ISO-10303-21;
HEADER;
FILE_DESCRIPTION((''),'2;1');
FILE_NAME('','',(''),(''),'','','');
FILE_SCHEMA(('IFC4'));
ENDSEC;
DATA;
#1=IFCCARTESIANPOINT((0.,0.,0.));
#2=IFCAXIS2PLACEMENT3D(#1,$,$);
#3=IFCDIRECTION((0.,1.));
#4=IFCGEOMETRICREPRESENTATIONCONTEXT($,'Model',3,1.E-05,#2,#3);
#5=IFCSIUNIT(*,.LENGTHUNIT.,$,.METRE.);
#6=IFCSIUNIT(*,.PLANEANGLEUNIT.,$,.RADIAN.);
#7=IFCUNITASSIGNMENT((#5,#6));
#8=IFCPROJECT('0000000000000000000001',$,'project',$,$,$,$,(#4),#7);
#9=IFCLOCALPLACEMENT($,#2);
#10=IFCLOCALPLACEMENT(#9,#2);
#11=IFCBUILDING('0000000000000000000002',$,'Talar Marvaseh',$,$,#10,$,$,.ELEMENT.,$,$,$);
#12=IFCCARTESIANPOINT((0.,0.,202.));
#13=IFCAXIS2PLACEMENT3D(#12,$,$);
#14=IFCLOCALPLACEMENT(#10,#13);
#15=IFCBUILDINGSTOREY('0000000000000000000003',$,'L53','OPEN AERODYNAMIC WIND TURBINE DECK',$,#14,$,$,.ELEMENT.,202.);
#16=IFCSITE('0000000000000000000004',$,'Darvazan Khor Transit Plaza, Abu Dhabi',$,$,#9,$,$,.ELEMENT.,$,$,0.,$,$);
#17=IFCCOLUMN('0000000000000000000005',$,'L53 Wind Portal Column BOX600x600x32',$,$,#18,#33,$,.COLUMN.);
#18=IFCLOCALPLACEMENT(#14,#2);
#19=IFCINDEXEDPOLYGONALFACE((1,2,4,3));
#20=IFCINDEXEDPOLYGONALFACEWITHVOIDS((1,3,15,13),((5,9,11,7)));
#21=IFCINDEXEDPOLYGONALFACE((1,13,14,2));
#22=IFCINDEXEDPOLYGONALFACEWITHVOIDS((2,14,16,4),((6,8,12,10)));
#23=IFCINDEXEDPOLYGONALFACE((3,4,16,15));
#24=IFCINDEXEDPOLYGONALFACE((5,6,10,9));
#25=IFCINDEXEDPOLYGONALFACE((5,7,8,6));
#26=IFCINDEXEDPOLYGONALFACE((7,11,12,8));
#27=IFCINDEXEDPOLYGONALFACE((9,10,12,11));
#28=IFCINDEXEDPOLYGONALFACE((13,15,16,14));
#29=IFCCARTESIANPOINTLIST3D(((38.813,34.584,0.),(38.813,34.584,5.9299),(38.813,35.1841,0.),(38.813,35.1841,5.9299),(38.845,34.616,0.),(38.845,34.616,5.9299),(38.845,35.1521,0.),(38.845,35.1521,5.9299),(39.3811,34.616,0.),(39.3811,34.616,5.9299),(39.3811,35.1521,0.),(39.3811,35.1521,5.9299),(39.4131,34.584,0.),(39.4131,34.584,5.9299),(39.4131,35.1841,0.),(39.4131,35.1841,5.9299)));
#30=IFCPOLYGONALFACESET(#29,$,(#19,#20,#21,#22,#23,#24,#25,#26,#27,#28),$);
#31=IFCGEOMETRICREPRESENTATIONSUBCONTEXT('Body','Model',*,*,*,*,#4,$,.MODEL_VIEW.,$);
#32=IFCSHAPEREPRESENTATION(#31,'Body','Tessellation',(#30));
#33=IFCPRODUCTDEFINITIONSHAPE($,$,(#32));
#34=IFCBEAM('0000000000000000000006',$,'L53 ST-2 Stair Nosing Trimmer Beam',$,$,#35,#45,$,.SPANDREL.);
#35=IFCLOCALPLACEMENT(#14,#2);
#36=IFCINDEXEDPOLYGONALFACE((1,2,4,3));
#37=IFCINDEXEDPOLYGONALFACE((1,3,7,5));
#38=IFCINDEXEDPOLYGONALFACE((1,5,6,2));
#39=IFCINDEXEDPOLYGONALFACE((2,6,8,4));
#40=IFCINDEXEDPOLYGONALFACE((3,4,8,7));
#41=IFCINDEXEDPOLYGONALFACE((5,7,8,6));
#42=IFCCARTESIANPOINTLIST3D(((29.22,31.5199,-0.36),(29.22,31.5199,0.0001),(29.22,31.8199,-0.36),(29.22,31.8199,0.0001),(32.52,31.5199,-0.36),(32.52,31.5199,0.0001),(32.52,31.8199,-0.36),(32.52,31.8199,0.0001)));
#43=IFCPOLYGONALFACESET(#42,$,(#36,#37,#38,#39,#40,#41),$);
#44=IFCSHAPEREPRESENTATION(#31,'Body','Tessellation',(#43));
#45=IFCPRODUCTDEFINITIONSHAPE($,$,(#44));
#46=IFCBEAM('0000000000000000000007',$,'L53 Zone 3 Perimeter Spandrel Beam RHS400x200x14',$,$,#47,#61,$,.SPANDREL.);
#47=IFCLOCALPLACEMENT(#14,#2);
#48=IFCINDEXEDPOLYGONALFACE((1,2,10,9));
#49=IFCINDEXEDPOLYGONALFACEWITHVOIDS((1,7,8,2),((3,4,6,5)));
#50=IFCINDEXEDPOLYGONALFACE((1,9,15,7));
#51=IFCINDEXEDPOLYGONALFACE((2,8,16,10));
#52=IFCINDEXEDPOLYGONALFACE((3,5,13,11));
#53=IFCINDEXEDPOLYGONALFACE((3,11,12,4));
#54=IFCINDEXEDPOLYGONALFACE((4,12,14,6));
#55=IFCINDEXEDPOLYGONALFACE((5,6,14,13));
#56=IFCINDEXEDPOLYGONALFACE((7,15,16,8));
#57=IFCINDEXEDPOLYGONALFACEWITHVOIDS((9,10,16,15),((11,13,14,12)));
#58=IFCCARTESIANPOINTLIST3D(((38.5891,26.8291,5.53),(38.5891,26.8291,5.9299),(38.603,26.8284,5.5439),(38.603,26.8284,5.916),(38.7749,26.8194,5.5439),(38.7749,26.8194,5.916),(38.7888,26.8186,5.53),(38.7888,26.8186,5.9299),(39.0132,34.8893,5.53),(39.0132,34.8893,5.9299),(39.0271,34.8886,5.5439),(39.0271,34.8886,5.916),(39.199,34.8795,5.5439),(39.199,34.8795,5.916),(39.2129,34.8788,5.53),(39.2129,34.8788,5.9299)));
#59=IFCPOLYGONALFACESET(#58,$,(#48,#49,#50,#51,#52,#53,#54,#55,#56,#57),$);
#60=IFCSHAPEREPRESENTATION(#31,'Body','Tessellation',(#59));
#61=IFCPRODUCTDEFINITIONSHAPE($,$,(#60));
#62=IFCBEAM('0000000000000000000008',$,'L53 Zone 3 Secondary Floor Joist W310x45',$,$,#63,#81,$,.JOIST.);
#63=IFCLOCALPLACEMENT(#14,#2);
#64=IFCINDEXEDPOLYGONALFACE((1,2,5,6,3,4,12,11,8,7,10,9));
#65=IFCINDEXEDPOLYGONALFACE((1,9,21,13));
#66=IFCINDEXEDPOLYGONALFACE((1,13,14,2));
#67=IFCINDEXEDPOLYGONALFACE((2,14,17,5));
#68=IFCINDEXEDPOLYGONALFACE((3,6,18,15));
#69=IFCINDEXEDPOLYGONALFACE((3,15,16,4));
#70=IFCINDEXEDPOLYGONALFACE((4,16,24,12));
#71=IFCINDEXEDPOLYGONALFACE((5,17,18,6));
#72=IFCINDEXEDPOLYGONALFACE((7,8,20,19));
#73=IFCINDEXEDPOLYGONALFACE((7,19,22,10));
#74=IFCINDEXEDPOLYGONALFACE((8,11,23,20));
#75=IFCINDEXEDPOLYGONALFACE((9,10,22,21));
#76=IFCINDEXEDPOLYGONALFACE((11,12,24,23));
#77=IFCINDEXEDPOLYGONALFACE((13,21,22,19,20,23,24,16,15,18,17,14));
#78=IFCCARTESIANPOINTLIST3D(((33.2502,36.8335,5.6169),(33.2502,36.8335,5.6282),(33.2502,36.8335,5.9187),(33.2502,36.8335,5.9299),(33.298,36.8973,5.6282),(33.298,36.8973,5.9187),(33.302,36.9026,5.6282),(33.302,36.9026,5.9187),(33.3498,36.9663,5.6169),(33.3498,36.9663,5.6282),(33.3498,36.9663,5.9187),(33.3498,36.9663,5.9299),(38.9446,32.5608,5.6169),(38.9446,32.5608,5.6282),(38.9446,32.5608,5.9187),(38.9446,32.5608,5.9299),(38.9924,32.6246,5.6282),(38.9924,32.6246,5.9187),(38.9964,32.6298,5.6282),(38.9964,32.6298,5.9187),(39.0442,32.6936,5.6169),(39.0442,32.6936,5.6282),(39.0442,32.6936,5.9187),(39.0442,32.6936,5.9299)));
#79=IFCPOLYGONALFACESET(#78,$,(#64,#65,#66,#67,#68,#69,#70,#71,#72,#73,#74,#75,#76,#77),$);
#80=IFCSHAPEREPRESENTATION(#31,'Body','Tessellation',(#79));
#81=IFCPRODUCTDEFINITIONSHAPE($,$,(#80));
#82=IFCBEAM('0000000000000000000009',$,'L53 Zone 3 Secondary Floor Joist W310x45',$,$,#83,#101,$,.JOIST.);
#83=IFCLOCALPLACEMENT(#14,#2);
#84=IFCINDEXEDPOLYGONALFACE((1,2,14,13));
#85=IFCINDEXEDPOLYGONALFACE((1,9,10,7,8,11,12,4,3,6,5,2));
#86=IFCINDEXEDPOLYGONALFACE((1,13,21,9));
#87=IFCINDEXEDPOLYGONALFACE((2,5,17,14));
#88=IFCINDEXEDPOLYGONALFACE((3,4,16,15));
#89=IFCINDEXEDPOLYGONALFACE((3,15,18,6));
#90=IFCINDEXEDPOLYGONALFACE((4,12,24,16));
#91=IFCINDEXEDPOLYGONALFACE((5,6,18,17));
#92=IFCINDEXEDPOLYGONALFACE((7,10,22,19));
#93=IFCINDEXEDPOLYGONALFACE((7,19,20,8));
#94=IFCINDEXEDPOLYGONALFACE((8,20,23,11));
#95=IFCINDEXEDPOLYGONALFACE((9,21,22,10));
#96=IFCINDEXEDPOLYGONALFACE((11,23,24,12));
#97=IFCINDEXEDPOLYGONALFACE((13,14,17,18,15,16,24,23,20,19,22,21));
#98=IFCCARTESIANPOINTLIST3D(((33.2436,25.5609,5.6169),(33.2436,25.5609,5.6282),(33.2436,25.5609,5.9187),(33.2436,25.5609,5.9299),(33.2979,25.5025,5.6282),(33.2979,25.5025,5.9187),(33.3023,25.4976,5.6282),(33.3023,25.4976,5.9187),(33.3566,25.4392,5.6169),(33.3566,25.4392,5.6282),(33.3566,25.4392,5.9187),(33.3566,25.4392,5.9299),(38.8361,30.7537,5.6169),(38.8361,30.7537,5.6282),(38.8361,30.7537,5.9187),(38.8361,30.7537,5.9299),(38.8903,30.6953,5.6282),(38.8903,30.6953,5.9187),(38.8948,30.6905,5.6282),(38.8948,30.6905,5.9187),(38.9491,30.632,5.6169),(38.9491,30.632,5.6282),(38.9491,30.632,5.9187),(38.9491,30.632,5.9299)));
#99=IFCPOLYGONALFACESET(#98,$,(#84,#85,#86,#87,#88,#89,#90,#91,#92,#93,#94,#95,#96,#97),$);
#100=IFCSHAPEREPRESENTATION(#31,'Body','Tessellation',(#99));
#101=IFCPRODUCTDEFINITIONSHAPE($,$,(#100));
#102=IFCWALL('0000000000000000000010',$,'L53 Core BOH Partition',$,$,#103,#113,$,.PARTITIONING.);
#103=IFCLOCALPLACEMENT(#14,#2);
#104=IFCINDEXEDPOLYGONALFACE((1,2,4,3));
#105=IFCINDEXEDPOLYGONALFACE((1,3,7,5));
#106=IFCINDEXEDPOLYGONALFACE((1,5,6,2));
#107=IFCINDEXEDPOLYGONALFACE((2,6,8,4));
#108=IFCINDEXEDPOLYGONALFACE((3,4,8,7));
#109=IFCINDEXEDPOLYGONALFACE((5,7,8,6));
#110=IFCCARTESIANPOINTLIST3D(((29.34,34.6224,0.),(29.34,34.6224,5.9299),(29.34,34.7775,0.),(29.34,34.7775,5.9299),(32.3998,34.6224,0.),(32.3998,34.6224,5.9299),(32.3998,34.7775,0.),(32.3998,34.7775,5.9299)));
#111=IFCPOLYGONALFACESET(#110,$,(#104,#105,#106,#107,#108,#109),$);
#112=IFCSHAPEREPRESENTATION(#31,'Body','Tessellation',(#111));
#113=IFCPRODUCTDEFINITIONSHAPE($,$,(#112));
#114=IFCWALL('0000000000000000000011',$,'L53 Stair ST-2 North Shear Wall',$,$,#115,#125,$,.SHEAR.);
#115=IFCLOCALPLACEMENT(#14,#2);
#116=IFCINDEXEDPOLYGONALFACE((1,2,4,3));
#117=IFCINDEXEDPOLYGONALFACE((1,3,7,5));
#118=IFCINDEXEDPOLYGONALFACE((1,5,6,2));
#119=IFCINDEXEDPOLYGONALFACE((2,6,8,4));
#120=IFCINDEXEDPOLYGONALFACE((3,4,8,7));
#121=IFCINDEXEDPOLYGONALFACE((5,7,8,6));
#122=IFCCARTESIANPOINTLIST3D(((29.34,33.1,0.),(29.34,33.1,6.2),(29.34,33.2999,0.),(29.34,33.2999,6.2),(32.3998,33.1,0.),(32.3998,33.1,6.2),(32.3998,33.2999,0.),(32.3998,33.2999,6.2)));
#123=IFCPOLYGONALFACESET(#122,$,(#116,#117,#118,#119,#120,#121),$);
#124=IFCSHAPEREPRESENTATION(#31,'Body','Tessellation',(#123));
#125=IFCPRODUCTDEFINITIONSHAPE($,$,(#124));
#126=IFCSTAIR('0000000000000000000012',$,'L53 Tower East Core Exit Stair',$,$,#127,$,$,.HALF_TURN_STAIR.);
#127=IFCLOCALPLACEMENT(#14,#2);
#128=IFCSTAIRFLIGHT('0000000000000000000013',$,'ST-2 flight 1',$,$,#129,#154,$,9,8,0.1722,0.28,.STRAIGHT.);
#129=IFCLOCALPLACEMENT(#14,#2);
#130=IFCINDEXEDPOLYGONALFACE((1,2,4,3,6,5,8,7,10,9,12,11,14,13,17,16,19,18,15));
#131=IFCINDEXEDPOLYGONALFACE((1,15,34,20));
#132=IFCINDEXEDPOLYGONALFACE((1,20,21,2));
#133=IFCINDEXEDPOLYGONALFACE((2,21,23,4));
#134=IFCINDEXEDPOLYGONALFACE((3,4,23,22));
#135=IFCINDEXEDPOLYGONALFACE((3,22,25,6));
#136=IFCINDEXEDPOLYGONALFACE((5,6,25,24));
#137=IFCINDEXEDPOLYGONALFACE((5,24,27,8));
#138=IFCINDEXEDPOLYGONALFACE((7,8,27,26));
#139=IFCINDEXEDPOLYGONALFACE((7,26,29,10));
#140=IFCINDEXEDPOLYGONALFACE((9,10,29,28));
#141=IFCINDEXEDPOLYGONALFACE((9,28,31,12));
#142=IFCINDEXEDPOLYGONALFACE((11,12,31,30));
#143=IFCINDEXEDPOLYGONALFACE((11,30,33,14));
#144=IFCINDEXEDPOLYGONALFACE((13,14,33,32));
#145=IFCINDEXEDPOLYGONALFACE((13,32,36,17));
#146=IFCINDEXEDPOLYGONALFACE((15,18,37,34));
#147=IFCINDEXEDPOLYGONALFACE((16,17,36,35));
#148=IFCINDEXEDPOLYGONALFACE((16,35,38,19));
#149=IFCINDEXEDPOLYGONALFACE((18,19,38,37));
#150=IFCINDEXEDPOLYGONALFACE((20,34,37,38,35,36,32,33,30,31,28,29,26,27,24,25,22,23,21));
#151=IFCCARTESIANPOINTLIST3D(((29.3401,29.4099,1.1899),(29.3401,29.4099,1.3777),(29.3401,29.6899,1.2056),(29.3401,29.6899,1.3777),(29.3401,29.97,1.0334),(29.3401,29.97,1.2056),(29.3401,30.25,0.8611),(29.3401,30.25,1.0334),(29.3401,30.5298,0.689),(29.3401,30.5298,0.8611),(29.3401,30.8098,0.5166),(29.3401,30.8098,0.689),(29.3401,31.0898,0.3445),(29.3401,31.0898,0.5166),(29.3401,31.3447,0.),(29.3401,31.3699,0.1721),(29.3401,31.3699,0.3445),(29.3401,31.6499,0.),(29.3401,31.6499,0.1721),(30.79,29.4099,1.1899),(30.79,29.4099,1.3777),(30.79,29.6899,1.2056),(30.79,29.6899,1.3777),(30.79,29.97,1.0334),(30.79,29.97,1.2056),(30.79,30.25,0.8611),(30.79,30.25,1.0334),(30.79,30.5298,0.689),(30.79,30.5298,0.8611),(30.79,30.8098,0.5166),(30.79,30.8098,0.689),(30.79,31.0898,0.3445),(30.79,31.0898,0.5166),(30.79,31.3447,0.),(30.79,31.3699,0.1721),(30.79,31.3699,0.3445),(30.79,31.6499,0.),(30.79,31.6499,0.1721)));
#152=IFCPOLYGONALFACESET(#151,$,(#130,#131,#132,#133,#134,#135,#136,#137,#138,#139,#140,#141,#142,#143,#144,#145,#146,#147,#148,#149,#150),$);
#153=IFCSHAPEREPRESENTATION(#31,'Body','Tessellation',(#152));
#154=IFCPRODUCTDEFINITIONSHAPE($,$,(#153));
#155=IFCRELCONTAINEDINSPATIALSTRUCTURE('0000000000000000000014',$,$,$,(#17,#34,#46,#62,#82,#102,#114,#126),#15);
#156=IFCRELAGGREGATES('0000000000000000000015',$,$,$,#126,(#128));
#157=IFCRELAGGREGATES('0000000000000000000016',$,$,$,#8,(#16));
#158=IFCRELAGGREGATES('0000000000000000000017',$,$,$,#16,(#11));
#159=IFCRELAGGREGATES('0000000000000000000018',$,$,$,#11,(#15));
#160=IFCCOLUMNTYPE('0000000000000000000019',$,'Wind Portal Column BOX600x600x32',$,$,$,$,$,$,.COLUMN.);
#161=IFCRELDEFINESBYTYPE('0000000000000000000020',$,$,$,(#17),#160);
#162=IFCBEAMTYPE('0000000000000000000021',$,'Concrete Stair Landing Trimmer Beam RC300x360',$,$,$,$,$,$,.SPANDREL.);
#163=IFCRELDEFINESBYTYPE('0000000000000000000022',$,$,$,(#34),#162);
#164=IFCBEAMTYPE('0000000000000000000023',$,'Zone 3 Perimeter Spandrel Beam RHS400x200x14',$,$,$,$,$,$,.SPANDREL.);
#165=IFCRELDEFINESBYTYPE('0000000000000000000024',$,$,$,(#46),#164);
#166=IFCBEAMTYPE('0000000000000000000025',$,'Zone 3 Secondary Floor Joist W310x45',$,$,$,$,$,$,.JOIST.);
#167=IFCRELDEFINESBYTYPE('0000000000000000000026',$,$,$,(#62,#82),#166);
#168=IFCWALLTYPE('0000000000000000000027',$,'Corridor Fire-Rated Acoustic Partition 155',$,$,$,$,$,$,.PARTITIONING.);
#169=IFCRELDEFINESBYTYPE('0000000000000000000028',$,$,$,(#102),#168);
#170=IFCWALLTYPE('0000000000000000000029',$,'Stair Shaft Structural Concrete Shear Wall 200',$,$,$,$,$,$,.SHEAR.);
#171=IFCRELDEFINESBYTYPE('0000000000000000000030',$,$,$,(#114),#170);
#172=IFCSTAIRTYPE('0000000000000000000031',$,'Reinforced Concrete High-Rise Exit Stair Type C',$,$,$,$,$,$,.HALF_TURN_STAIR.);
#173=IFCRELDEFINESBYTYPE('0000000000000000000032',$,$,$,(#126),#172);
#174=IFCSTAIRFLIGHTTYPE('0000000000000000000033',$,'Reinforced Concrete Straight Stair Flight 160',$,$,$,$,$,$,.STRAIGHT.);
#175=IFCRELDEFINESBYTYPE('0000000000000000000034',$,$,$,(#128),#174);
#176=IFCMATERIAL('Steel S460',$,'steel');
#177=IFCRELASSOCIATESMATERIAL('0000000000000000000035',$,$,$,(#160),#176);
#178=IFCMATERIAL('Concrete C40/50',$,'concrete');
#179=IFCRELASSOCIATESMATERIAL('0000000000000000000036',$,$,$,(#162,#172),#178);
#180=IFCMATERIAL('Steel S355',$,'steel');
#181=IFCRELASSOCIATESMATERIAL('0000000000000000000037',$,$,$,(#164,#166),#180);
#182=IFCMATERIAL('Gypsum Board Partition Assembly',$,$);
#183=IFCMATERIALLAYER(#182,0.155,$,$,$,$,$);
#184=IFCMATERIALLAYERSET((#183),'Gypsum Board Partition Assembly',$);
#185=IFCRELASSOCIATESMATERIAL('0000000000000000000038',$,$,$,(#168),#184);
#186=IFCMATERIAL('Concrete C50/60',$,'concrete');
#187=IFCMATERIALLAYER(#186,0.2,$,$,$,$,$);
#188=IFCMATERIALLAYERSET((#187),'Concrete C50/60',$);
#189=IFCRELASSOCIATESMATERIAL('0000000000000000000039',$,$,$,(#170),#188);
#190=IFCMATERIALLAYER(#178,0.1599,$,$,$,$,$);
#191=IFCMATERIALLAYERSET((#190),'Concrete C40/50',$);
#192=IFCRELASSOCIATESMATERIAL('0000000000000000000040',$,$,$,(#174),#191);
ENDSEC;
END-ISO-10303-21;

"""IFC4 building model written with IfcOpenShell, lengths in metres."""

from ifc_helpers import new_model, si_unit, direction, frame, frame_2d, origin, origin_2d, place, context, subcontext, project, spatial, polyline, rectangle, hollow_rectangle, i_section, outline, extrude, material, layer, layer_set, material_profile, profile_set, type_object, element, aggregate, save


model = new_model("IFC4")

# Units and contexts
model_context = context("Model", 3, precision=1e-05, world=origin(), true_north=direction((0.0, 1.0)))
body_context = subcontext(model_context, "Body", "Model", "MODEL_VIEW")
ifc_project = project(units=[si_unit("LENGTHUNIT", "METRE"), si_unit("PLANEANGLEUNIT", "RADIAN")], contexts=[model_context])

# Site, building, storey
site_placement = place(None, origin())
site = spatial("IfcSite", under=ifc_project, at=site_placement, Name="Darvazan Khor Transit Plaza, Abu Dhabi", CompositionType="ELEMENT", RefElevation=0.0)
building_placement = place(site_placement, origin())
building = spatial("IfcBuilding", under=site, at=building_placement, Name="Talar Marvaseh", CompositionType="ELEMENT")
storey_placement = place(building_placement, frame((0.0, 0.0, 202.0)))
storey = spatial("IfcBuildingStorey", under=building, at=storey_placement, Name="L53", Description="OPEN AERODYNAMIC WIND TURBINE DECK", CompositionType="ELEMENT", Elevation=202.0)

# Column
ifc_material_1 = material(Name="Steel S460", Category="steel")
ifc_material_profile_1 = material_profile(ifc_material_1, hollow_rectangle(XDim=0.6001, YDim=0.6001, WallThickness=0.032, at=origin_2d()), Name="BOX600x600x32")
ifc_profile_set_1 = profile_set([ifc_material_profile_1], Name="Steel S460")
column_type = type_object("IfcColumnType", Name="Wind Portal Column BOX600x600x32", PredefinedType="COLUMN", material=ifc_profile_set_1)
column_placement = place(storey_placement, frame((39.113, 34.884, 0.0), z_axis=(0.0, 0.0, 1.0), x_axis=(1.0, 0.0, 0.0)))
element("IfcColumn", 1, at=column_placement, inside=storey, type_object=column_type, Name="L53 Wind Portal Column BOX600x600x32", PredefinedType="COLUMN", context=body_context, shape_type="SweptSolid", body=[
    extrude(hollow_rectangle(XDim=0.6001, YDim=0.6001, WallThickness=0.032, at=origin_2d()), origin(), (0.0, 0.0, 1.0), 5.9299),
])

# Beams
ifc_material_2 = material(Name="Concrete C40/50", Category="concrete")
ifc_material_profile_2 = material_profile(ifc_material_2, rectangle(XDim=0.3, YDim=0.3601, at=origin_2d()), Name="RC300x360")
ifc_profile_set_2 = profile_set([ifc_material_profile_2], Name="Concrete C40/50")
beam_type_1 = type_object("IfcBeamType", Name="Concrete Stair Landing Trimmer Beam RC300x360", PredefinedType="SPANDREL", material=ifc_profile_set_2)
beam_1_placement = place(storey_placement, frame((29.22, 31.6699, -0.1799), z_axis=(1.0, 0.0, 0.0), x_axis=(0.0, 1.0, 0.0)))
element("IfcBeam", 2, at=beam_1_placement, inside=storey, type_object=beam_type_1, Name="L53 ST-2 Stair Nosing Trimmer Beam", PredefinedType="SPANDREL", context=body_context, shape_type="SweptSolid", body=[
    extrude(rectangle(XDim=0.3, YDim=0.3601, at=origin_2d()), origin(), (0.0, 0.0, 1.0), 3.3),
])
ifc_material_3 = material(Name="Steel S355", Category="steel")
ifc_material_profile_3 = material_profile(ifc_material_3, hollow_rectangle(XDim=0.2, YDim=0.3999, WallThickness=0.0139, at=origin_2d()), Name="RHS400x200x14")
ifc_profile_set_3 = profile_set([ifc_material_profile_3], Name="Steel S355")
beam_type_2 = type_object("IfcBeamType", Name="Zone 3 Perimeter Spandrel Beam RHS400x200x14", PredefinedType="SPANDREL", material=ifc_profile_set_3)
beam_2_placement = place(storey_placement, frame((39.113, 34.884, 5.73), z_axis=(-0.052541, -0.998619, 0.0), x_axis=(0.998619, -0.052541, 0.0)))
element("IfcBeam", 3, at=beam_2_placement, inside=storey, type_object=beam_type_2, Name="L53 Zone 3 Perimeter Spandrel Beam RHS400x200x14", PredefinedType="SPANDREL", context=body_context, shape_type="SweptSolid", body=[
    extrude(hollow_rectangle(XDim=0.2, YDim=0.3999, WallThickness=0.0139, at=origin_2d()), origin(), (0.0, 0.0, 1.0), 8.0713),
])
ifc_material_profile_4 = material_profile(ifc_material_3, i_section(OverallWidth=0.166, OverallDepth=0.313, WebThickness=0.0066, FlangeThickness=0.0112, at=origin_2d()), Name="W310x45")
ifc_profile_set_4 = profile_set([ifc_material_profile_4], Name="Steel S355")
beam_type_3 = type_object("IfcBeamType", Name="Zone 3 Secondary Floor Joist W310x45", PredefinedType="JOIST", material=ifc_profile_set_4)
beam_3_placement = place(storey_placement, frame((38.9944, 32.6272, 5.7734), z_axis=(-0.799868, 0.600176, 0.0), x_axis=(-0.600176, -0.799868, 0.0)))
element("IfcBeam", 4, at=beam_3_placement, inside=storey, type_object=beam_type_3, Name="L53 Zone 3 Secondary Floor Joist W310x45", PredefinedType="JOIST", context=body_context, shape_type="SweptSolid", body=[
    extrude(i_section(OverallWidth=0.166, OverallDepth=0.313, WebThickness=0.0066, FlangeThickness=0.0112, at=origin_2d()), origin(), (0.0, 0.0, 1.0), 7.1191),
])
beam_4_placement = place(storey_placement, frame((38.8926, 30.6929, 5.7734), z_axis=(-0.732806, -0.680438, 0.0), x_axis=(0.680438, -0.732806, 0.0)))
element("IfcBeam", 5, at=beam_4_placement, inside=storey, type_object=beam_type_3, Name="L53 Zone 3 Secondary Floor Joist W310x45", PredefinedType="JOIST", context=body_context, shape_type="SweptSolid", body=[
    extrude(i_section(OverallWidth=0.166, OverallDepth=0.313, WebThickness=0.0066, FlangeThickness=0.0112, at=origin_2d()), origin(), (0.0, 0.0, 1.0), 7.6316),
])

# Walls
ifc_material_4 = material(Name="Gypsum Board Partition Assembly")
ifc_layer_1 = layer(ifc_material_4, 0.155)
ifc_layer_set_1 = layer_set([ifc_layer_1], Name="Gypsum Board Partition Assembly")
wall_type_1 = type_object("IfcWallType", Name="Corridor Fire-Rated Acoustic Partition 155", PredefinedType="PARTITIONING", material=ifc_layer_set_1)
wall_1_placement = place(storey_placement, frame((29.3401, 34.7, 0.0), z_axis=(0.0, 0.0, 1.0), x_axis=(1.0, 0.0, 0.0)))
element("IfcWall", 6, at=wall_1_placement, inside=storey, type_object=wall_type_1, Name="L53 Core BOH Partition", PredefinedType="PARTITIONING", context=body_context, shape_type="SweptSolid", body=[
    extrude(rectangle(XDim=3.0598, YDim=0.155, at=frame_2d((1.5298, 0.0))), origin(), (0.0, 0.0, 1.0), 5.9299),
])
ifc_material_5 = material(Name="Concrete C50/60", Category="concrete")
ifc_layer_2 = layer(ifc_material_5, 0.2)
ifc_layer_set_2 = layer_set([ifc_layer_2], Name="Concrete C50/60")
wall_type_2 = type_object("IfcWallType", Name="Stair Shaft Structural Concrete Shear Wall 200", PredefinedType="SHEAR", material=ifc_layer_set_2)
wall_2_placement = place(storey_placement, frame((29.3401, 33.2, 0.0), z_axis=(0.0, 0.0, 1.0), x_axis=(1.0, 0.0, 0.0)))
element("IfcWall", 7, at=wall_2_placement, inside=storey, type_object=wall_type_2, Name="L53 Stair ST-2 North Shear Wall", PredefinedType="SHEAR", context=body_context, shape_type="SweptSolid", body=[
    extrude(rectangle(XDim=3.0598, YDim=0.2, at=frame_2d((1.5298, 0.0))), origin(), (0.0, 0.0, 1.0), 6.2),
])

# Stair, stair flight
stair_type = type_object("IfcStairType", Name="Reinforced Concrete High-Rise Exit Stair Type C", PredefinedType="HALF_TURN_STAIR", material=ifc_material_2)
stair_placement = place(storey_placement, origin())
stair = element("IfcStair", 8, at=stair_placement, inside=storey, type_object=stair_type, Name="L53 Tower East Core Exit Stair", PredefinedType="HALF_TURN_STAIR")
ifc_layer_3 = layer(ifc_material_2, 0.1599)
ifc_layer_set_3 = layer_set([ifc_layer_3], Name="Concrete C40/50")
stair_flight_type = type_object("IfcStairFlightType", Name="Reinforced Concrete Straight Stair Flight 160", PredefinedType="STRAIGHT", material=ifc_layer_set_3)
stair_flight_1_placement = place(storey_placement, frame((30.0649, 31.6499, 0.0), z_axis=(0.0, 0.0, 1.0), x_axis=(0.0, -1.0, 0.0)))
stair_flight_1 = element("IfcStairFlight", 9, at=stair_flight_1_placement, type_object=stair_flight_type, Name="ST-2 flight 1", NumberOfRisers=9, NumberOfTreads=8, PredefinedType="STRAIGHT", RiserHeight=0.1722, TreadLength=0.28, context=body_context, shape_type="SweptSolid", body=[
    extrude(outline(polyline([(0.0, 0.0), (0.0, 0.1721), (0.28, 0.1721), (0.28, 0.3445), (0.5601, 0.3445), (0.5601, 0.5166), (0.8401, 0.5166), (0.8401, 0.689), (1.1201, 0.689), (1.1201, 0.8611), (1.3999, 0.8611), (1.3999, 1.0334), (1.6799, 1.0334), (1.6799, 1.2056), (1.96, 1.2056), (1.96, 1.3777), (2.24, 1.3777), (2.24, 1.55), (2.24, 1.1899), (0.3052, 0.0), (0.0, 0.0)])), frame((0.0, 0.7251, 0.0), z_axis=(0.0, -1.0, 0.0), x_axis=(1.0, 0.0, 0.0)), (0.0, 0.0, 1.0), 1.45),
])
aggregate(stair, [stair_flight_1])

save(model, "model.ifc")
